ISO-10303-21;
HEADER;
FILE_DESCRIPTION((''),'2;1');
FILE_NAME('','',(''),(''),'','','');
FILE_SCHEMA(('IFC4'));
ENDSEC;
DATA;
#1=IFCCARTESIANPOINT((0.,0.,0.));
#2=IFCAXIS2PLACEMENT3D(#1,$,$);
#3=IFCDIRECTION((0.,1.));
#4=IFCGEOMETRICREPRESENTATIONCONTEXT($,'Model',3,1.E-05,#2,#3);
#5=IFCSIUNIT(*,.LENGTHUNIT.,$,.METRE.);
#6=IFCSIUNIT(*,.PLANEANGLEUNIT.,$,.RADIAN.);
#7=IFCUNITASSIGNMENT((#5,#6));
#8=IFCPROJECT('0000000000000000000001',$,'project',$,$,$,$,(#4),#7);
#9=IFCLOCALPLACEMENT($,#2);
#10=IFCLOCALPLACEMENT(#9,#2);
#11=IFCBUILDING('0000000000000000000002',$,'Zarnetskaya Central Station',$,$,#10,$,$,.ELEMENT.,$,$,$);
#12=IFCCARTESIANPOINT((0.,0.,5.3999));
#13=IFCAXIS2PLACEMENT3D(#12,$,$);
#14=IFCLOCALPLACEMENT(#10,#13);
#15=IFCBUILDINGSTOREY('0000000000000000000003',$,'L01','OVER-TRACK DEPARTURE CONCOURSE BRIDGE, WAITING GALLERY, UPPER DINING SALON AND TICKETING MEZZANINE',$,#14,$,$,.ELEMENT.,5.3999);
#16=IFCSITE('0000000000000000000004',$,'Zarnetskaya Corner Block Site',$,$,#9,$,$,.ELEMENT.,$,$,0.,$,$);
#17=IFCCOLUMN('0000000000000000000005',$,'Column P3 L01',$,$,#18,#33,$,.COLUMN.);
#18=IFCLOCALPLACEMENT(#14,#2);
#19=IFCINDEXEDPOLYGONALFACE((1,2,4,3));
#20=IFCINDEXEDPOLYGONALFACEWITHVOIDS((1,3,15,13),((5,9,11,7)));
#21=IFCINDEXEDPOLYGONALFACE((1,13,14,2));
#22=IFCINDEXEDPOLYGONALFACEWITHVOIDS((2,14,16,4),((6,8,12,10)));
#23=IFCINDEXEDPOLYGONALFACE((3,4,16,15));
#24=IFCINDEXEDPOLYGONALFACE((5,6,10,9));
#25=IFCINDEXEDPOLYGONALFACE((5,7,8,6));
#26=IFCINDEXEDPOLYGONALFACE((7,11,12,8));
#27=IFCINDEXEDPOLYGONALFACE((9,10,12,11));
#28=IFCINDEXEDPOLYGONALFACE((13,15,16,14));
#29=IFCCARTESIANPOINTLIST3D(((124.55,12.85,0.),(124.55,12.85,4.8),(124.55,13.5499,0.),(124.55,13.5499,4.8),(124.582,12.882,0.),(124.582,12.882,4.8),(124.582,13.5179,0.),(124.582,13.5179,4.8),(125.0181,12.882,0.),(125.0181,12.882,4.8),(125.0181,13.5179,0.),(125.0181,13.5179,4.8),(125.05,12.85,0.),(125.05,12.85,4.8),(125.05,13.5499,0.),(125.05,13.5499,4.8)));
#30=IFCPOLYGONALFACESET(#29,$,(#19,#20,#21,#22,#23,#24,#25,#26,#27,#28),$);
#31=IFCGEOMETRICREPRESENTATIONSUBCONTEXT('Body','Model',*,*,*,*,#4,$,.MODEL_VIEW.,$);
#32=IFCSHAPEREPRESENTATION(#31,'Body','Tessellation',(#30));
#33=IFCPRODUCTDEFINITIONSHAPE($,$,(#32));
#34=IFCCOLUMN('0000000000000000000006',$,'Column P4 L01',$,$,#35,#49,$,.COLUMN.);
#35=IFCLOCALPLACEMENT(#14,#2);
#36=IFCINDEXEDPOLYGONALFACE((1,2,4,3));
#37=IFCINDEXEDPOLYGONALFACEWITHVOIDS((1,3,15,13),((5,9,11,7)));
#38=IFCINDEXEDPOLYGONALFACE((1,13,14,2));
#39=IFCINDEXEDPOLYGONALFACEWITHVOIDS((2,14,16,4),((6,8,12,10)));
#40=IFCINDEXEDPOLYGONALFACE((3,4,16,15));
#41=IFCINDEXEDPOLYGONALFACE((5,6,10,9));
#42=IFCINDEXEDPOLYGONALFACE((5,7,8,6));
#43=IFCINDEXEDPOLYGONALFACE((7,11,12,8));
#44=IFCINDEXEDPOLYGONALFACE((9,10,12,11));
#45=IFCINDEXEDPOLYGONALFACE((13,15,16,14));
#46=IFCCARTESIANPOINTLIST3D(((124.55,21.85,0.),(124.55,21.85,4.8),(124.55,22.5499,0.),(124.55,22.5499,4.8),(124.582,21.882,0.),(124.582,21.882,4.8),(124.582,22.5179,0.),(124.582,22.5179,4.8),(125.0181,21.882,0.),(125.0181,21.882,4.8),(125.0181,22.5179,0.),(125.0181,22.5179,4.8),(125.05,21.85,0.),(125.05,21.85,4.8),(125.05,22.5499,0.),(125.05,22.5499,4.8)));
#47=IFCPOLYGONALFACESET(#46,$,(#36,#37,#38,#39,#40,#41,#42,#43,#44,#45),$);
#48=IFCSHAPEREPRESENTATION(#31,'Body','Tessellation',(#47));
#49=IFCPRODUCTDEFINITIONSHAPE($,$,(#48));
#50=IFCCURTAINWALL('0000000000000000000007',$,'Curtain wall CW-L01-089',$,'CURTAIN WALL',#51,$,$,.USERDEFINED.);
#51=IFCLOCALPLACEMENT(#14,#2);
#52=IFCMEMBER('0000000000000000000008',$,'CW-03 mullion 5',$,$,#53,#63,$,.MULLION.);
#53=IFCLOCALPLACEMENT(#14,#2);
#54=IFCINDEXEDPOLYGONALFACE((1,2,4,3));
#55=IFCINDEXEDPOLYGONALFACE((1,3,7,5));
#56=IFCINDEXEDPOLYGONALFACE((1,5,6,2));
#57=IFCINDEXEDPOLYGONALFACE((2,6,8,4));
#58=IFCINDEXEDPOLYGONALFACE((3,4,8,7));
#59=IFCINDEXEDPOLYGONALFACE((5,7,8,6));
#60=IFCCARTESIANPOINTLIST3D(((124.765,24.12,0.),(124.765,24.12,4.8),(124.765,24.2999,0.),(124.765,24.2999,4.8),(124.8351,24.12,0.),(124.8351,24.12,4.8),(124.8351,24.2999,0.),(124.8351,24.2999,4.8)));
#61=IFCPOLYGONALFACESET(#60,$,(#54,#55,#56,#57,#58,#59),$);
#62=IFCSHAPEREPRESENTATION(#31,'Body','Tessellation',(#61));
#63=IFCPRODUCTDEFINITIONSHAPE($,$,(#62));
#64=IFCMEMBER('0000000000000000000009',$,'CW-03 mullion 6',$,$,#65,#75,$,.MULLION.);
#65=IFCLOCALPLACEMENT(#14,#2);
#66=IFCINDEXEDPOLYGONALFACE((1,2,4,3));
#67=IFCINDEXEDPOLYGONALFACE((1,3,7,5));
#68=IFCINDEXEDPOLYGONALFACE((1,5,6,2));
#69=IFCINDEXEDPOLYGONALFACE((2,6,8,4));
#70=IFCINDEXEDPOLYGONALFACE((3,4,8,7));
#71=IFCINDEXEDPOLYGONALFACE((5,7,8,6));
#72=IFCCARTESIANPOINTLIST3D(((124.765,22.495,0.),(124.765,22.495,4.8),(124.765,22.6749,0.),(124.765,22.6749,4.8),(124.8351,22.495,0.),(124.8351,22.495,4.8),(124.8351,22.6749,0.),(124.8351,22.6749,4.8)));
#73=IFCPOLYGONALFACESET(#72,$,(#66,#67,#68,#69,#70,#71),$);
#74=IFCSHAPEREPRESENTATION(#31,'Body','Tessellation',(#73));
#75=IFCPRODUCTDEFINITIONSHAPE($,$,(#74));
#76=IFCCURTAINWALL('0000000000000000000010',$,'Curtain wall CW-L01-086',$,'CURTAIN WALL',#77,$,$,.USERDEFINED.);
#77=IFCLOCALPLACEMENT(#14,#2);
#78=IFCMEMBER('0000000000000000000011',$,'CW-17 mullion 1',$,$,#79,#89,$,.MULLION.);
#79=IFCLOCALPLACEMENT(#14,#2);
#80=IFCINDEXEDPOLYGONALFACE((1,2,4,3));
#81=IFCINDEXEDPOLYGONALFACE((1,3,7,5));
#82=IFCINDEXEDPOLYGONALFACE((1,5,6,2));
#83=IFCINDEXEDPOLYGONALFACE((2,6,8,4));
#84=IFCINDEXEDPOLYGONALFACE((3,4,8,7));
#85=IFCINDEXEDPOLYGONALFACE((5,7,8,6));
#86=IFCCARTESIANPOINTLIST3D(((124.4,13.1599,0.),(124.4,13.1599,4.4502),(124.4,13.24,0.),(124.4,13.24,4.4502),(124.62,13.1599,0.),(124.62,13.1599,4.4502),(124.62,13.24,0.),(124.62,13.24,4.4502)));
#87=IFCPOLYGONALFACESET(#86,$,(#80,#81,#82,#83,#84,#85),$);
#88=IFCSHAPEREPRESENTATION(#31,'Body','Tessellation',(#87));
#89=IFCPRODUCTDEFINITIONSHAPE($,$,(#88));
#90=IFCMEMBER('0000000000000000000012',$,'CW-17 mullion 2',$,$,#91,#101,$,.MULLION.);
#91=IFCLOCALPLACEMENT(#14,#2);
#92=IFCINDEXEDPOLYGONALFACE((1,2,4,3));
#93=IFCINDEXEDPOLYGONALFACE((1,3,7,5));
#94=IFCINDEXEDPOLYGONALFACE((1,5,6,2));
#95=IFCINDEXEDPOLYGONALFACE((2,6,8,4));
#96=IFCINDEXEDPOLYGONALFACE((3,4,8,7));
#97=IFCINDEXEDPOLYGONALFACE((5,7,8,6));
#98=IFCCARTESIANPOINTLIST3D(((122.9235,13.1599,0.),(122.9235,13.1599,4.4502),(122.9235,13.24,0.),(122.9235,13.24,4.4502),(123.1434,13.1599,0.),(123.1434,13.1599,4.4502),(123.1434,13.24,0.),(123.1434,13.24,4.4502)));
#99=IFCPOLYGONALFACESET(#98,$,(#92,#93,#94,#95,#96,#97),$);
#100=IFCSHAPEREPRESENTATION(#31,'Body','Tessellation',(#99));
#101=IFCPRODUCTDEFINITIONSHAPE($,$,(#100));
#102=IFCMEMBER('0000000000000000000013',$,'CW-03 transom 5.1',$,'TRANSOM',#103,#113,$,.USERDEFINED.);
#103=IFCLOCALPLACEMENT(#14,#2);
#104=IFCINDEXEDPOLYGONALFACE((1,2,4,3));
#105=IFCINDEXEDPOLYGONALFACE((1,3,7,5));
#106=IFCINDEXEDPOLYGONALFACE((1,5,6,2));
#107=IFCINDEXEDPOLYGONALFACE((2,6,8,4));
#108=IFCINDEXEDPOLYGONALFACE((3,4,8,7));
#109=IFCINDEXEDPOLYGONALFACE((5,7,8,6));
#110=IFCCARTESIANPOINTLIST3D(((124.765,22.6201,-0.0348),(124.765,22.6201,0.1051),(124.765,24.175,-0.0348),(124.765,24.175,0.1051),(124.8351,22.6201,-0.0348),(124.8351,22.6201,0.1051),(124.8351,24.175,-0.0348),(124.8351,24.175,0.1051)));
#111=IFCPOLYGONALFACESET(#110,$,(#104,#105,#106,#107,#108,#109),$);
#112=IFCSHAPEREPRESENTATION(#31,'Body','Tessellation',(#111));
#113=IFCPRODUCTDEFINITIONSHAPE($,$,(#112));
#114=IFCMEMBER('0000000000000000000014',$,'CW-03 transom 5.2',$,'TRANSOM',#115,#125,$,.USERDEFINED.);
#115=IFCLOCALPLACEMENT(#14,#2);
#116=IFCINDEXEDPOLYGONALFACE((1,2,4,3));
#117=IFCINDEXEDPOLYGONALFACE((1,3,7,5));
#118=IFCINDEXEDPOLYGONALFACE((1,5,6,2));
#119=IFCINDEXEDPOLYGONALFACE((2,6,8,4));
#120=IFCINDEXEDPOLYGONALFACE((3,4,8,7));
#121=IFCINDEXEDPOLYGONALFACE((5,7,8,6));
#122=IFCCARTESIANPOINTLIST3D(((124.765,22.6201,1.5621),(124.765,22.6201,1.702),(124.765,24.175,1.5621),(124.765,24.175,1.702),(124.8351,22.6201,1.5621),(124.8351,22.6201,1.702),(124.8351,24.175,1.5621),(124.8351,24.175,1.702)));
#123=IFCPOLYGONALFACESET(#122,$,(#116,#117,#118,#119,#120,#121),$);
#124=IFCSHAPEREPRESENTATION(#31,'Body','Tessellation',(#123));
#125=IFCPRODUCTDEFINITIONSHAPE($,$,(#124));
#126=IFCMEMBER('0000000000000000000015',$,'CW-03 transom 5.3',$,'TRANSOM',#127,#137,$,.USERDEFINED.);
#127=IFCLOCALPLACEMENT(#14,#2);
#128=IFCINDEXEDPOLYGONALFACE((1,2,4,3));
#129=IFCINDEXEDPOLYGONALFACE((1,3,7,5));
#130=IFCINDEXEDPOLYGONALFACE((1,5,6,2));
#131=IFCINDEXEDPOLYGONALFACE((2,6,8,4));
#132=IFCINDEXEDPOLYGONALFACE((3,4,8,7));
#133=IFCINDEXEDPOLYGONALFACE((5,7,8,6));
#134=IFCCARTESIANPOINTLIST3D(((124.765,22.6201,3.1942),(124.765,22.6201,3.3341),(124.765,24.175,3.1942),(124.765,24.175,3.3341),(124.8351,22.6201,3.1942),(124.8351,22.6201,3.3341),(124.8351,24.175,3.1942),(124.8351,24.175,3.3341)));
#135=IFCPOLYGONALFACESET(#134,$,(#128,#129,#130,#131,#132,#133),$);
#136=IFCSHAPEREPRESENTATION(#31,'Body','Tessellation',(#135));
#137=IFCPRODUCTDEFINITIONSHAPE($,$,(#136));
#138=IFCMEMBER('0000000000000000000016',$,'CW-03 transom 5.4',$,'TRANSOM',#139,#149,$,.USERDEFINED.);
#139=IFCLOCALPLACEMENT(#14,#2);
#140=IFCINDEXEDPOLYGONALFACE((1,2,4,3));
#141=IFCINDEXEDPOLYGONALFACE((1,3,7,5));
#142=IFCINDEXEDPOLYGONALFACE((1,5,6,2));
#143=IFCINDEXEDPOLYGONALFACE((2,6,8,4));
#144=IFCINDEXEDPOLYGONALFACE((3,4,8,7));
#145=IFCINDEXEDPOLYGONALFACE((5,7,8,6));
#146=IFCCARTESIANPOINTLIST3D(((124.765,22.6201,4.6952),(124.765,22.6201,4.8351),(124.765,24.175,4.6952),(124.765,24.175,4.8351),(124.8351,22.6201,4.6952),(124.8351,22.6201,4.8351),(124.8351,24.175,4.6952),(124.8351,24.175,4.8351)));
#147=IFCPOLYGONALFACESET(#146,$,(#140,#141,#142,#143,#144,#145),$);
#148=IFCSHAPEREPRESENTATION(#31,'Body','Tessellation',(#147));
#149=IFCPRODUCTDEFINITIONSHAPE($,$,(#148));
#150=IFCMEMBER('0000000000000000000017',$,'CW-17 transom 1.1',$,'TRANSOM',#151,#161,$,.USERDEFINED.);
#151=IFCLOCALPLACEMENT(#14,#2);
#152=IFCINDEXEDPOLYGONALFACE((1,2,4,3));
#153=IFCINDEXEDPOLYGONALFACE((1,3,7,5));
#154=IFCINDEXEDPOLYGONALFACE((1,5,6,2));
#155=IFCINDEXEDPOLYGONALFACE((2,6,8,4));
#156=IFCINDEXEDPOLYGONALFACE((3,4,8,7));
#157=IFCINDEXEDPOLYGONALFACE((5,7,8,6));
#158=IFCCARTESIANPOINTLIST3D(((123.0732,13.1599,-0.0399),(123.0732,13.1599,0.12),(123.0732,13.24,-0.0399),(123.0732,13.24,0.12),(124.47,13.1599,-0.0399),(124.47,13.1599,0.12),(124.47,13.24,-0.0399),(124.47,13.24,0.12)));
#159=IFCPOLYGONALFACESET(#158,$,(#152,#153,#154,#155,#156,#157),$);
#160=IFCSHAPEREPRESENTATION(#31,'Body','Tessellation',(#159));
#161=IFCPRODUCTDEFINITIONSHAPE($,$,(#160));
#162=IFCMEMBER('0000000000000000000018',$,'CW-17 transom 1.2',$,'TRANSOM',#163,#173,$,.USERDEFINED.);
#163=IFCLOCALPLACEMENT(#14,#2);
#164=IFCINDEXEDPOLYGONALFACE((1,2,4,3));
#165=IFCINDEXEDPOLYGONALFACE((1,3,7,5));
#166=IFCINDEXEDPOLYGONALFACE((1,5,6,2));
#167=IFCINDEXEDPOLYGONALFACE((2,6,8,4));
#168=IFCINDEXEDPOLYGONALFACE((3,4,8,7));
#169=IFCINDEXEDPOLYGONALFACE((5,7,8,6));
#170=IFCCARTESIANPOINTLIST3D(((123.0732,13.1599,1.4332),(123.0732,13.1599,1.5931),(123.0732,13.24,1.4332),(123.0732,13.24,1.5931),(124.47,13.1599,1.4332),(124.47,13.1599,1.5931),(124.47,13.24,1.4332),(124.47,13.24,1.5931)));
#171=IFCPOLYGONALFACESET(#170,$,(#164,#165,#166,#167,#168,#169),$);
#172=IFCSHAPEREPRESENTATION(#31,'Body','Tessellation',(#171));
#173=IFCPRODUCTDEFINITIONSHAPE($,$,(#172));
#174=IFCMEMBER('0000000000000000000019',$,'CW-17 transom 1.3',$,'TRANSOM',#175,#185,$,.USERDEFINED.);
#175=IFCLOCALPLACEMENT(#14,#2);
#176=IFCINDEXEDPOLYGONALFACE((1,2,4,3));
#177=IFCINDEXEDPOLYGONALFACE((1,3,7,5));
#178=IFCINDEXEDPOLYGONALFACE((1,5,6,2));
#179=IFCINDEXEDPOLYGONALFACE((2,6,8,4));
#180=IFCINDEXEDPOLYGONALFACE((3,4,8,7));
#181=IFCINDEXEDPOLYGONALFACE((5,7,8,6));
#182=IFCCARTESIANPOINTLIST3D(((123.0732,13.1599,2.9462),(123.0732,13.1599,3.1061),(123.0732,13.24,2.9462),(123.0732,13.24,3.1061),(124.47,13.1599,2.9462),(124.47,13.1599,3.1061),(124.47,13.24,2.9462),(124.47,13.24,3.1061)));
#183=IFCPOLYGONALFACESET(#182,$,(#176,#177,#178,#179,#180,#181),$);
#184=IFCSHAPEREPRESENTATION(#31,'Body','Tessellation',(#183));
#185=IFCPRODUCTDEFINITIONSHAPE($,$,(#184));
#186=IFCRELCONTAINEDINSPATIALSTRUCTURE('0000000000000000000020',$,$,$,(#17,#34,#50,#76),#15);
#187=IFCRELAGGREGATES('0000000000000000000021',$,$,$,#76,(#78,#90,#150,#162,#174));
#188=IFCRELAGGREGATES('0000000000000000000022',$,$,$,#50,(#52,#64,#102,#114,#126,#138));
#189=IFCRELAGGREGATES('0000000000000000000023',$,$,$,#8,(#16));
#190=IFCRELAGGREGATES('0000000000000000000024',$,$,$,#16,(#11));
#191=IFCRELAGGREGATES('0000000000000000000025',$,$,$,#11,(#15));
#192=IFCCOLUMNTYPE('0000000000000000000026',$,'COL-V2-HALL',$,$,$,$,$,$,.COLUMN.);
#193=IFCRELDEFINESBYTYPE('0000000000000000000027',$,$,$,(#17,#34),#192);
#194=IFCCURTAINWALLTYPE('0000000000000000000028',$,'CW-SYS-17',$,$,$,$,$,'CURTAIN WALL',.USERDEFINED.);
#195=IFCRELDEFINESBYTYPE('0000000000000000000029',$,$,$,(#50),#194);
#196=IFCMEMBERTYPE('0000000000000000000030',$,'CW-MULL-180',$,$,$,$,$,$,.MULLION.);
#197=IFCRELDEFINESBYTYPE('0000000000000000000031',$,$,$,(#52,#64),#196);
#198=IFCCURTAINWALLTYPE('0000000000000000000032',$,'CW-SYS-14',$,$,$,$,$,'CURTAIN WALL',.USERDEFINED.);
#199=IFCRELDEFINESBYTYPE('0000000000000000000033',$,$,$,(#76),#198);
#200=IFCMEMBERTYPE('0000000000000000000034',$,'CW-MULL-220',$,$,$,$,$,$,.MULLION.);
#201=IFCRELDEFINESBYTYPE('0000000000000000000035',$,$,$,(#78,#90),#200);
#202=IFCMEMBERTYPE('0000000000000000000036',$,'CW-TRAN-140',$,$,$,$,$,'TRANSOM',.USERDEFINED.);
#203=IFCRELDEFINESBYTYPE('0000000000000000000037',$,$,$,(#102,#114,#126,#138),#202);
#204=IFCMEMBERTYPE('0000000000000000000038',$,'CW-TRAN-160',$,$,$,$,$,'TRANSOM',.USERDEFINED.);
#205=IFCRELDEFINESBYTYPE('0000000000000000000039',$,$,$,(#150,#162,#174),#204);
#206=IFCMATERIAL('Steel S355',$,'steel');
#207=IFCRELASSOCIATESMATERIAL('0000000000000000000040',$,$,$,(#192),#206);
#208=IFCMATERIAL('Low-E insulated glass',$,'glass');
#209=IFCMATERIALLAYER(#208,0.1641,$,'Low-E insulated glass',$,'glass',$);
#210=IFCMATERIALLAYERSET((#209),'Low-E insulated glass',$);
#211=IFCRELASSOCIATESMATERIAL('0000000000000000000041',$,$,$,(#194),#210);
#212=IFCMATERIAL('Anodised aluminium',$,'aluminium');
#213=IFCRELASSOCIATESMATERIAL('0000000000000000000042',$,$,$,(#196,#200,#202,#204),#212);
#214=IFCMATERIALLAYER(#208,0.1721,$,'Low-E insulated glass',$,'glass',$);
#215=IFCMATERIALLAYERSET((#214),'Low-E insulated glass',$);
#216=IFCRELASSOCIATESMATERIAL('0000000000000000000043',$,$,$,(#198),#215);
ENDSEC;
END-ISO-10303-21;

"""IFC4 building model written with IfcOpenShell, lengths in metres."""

from ifc_helpers import new_model, si_unit, direction, frame, origin, origin_2d, place, context, subcontext, project, spatial, rectangle, hollow_rectangle, extrude, material, layer, layer_set, material_profile, profile_set, type_object, element, aggregate, save


model = new_model("IFC4")

# Units and contexts
model_context = context("Model", 3, precision=1e-05, world=origin(), true_north=direction((0.0, 1.0)))
body_context = subcontext(model_context, "Body", "Model", "MODEL_VIEW")
ifc_project = project(units=[si_unit("LENGTHUNIT", "METRE"), si_unit("PLANEANGLEUNIT", "RADIAN")], contexts=[model_context])

# Site, building, storey
site_placement = place(None, origin())
site = spatial("IfcSite", under=ifc_project, at=site_placement, Name="Zarnetskaya Corner Block Site", CompositionType="ELEMENT", RefElevation=0.0)
building_placement = place(site_placement, origin())
building = spatial("IfcBuilding", under=site, at=building_placement, Name="Zarnetskaya Central Station", CompositionType="ELEMENT")
storey_placement = place(building_placement, frame((0.0, 0.0, 5.3999)))
storey = spatial("IfcBuildingStorey", under=building, at=storey_placement, Name="L01", Description="OVER-TRACK DEPARTURE CONCOURSE BRIDGE, WAITING GALLERY, UPPER DINING SALON AND TICKETING MEZZANINE", CompositionType="ELEMENT", Elevation=5.3999)

# Columns
ifc_material_1 = material(Name="Steel S355", Category="steel")
ifc_material_profile_1 = material_profile(ifc_material_1, hollow_rectangle(XDim=0.5, YDim=0.7, WallThickness=0.032, at=origin_2d()), Name="BOX 700x500x32")
ifc_profile_set_1 = profile_set([ifc_material_profile_1], Name="Steel S355")
column_type = type_object("IfcColumnType", Name="COL-V2-HALL", PredefinedType="COLUMN", material=ifc_profile_set_1)
for number, where, z_axis, x_axis, name in (
    (1, (124.8, 13.2, 0.0), (0.0, 0.0, 1.0), (1.0, 0.0, 0.0), "Column P3 L01"),
    (2, (124.8, 22.2, 0.0), (0.0, 0.0, 1.0), (1.0, 0.0, 0.0), "Column P4 L01"),
):
    element("IfcColumn", number, at=place(storey_placement, frame(where, z_axis=z_axis, x_axis=x_axis)), inside=storey, type_object=column_type, Name=name, PredefinedType="COLUMN", context=body_context, shape_type="SweptSolid", body=[
        extrude(hollow_rectangle(XDim=0.5, YDim=0.7, WallThickness=0.032, at=origin_2d()), origin(), (0.0, 0.0, 1.0), 4.8),
    ])

# Curtain walls, members
ifc_material_2 = material(Name="Low-E insulated glass", Category="glass")
ifc_layer_1 = layer(ifc_material_2, 0.1641, Name="Low-E insulated glass", Category="glass")
ifc_layer_set_1 = layer_set([ifc_layer_1], Name="Low-E insulated glass")
curtain_wall_type_1 = type_object("IfcCurtainWallType", Name="CW-SYS-17", ElementType="CURTAIN WALL", PredefinedType="USERDEFINED", material=ifc_layer_set_1)
curtain_wall_1_placement = place(storey_placement, origin())
curtain_wall_1 = element("IfcCurtainWall", 3, at=curtain_wall_1_placement, inside=storey, type_object=curtain_wall_type_1, Name="Curtain wall CW-L01-089", ObjectType="CURTAIN WALL", PredefinedType="USERDEFINED")
ifc_material_3 = material(Name="Anodised aluminium", Category="aluminium")
ifc_material_profile_2 = material_profile(ifc_material_3, rectangle(XDim=0.0701, YDim=0.1799, at=origin_2d()), Name="ALU MULL 70x180")
ifc_profile_set_2 = profile_set([ifc_material_profile_2], Name="Anodised aluminium")
member_type_1 = type_object("IfcMemberType", Name="CW-MULL-180", PredefinedType="MULLION", material=ifc_profile_set_2)
member_1_placement = place(storey_placement, frame((124.8, 24.21, 0.0), z_axis=(0.0, 0.0, 1.0), x_axis=(1.0, 0.0, 0.0)))
member_1 = element("IfcMember", 4, at=member_1_placement, type_object=member_type_1, Name="CW-03 mullion 5", PredefinedType="MULLION", context=body_context, shape_type="SweptSolid", body=[
    extrude(rectangle(XDim=0.0701, YDim=0.1799, at=origin_2d()), origin(), (0.0, 0.0, 1.0), 4.8),
])
member_2_placement = place(storey_placement, frame((124.8, 22.585, 0.0), z_axis=(0.0, 0.0, 1.0), x_axis=(1.0, 0.0, 0.0)))
member_2 = element("IfcMember", 5, at=member_2_placement, type_object=member_type_1, Name="CW-03 mullion 6", PredefinedType="MULLION", context=body_context, shape_type="SweptSolid", body=[
    extrude(rectangle(XDim=0.0701, YDim=0.1799, at=origin_2d()), origin(), (0.0, 0.0, 1.0), 4.8),
])
ifc_layer_2 = layer(ifc_material_2, 0.1721, Name="Low-E insulated glass", Category="glass")
ifc_layer_set_2 = layer_set([ifc_layer_2], Name="Low-E insulated glass")
curtain_wall_type_2 = type_object("IfcCurtainWallType", Name="CW-SYS-14", ElementType="CURTAIN WALL", PredefinedType="USERDEFINED", material=ifc_layer_set_2)
curtain_wall_2_placement = place(storey_placement, origin())
curtain_wall_2 = element("IfcCurtainWall", 6, at=curtain_wall_2_placement, inside=storey, type_object=curtain_wall_type_2, Name="Curtain wall CW-L01-086", ObjectType="CURTAIN WALL", PredefinedType="USERDEFINED")
ifc_material_profile_3 = material_profile(ifc_material_3, rectangle(XDim=0.0801, YDim=0.22, at=origin_2d()), Name="ALU MULL 80x220")
ifc_profile_set_3 = profile_set([ifc_material_profile_3], Name="Anodised aluminium")
member_type_2 = type_object("IfcMemberType", Name="CW-MULL-220", PredefinedType="MULLION", material=ifc_profile_set_3)
member_3_placement = place(storey_placement, frame((124.51, 13.2, 0.0), z_axis=(0.0, 0.0, 1.0), x_axis=(0.0, -1.0, 0.0)))
member_3 = element("IfcMember", 7, at=member_3_placement, type_object=member_type_2, Name="CW-17 mullion 1", PredefinedType="MULLION", context=body_context, shape_type="SweptSolid", body=[
    extrude(rectangle(XDim=0.0801, YDim=0.22, at=origin_2d()), origin(), (0.0, 0.0, 1.0), 4.4502),
])
member_4_placement = place(storey_placement, frame((123.0334, 13.2, 0.0), z_axis=(0.0, 0.0, 1.0), x_axis=(0.0, -1.0, 0.0)))
member_4 = element("IfcMember", 8, at=member_4_placement, type_object=member_type_2, Name="CW-17 mullion 2", PredefinedType="MULLION", context=body_context, shape_type="SweptSolid", body=[
    extrude(rectangle(XDim=0.0801, YDim=0.22, at=origin_2d()), origin(), (0.0, 0.0, 1.0), 4.4502),
])

# Members
ifc_material_profile_4 = material_profile(ifc_material_3, rectangle(XDim=0.0701, YDim=0.1399, at=origin_2d()), Name="ALU TRAN 70x140")
ifc_profile_set_4 = profile_set([ifc_material_profile_4], Name="Anodised aluminium")
member_type_3 = type_object("IfcMemberType", Name="CW-TRAN-140", ElementType="TRANSOM", PredefinedType="USERDEFINED", material=ifc_profile_set_4)
member_5_placement = place(storey_placement, frame((124.8, 24.175, 0.0352), z_axis=(0.0, -1.0, 0.0), x_axis=(1.0, 0.0, 0.0)))
member_5 = element("IfcMember", 9, at=member_5_placement, type_object=member_type_3, Name="CW-03 transom 5.1", ObjectType="TRANSOM", PredefinedType="USERDEFINED", context=body_context, shape_type="SweptSolid", body=[
    extrude(rectangle(XDim=0.0701, YDim=0.1399, at=origin_2d()), origin(), (0.0, 0.0, 1.0), 1.5549),
])
member_6_placement = place(storey_placement, frame((124.8, 24.175, 1.6321), z_axis=(0.0, -1.0, 0.0), x_axis=(1.0, 0.0, 0.0)))
member_6 = element("IfcMember", 10, at=member_6_placement, type_object=member_type_3, Name="CW-03 transom 5.2", ObjectType="TRANSOM", PredefinedType="USERDEFINED", context=body_context, shape_type="SweptSolid", body=[
    extrude(rectangle(XDim=0.0701, YDim=0.1399, at=origin_2d()), origin(), (0.0, 0.0, 1.0), 1.5549),
])
member_7_placement = place(storey_placement, frame((124.8, 24.175, 3.2642), z_axis=(0.0, -1.0, 0.0), x_axis=(1.0, 0.0, 0.0)))
member_7 = element("IfcMember", 11, at=member_7_placement, type_object=member_type_3, Name="CW-03 transom 5.3", ObjectType="TRANSOM", PredefinedType="USERDEFINED", context=body_context, shape_type="SweptSolid", body=[
    extrude(rectangle(XDim=0.0701, YDim=0.1399, at=origin_2d()), origin(), (0.0, 0.0, 1.0), 1.5549),
])
member_8_placement = place(storey_placement, frame((124.8, 24.175, 4.7651), z_axis=(0.0, -1.0, 0.0), x_axis=(1.0, 0.0, 0.0)))
member_8 = element("IfcMember", 12, at=member_8_placement, type_object=member_type_3, Name="CW-03 transom 5.4", ObjectType="TRANSOM", PredefinedType="USERDEFINED", context=body_context, shape_type="SweptSolid", body=[
    extrude(rectangle(XDim=0.0701, YDim=0.1399, at=origin_2d()), origin(), (0.0, 0.0, 1.0), 1.5549),
])
ifc_material_profile_5 = material_profile(ifc_material_3, rectangle(XDim=0.0801, YDim=0.1599, at=origin_2d()), Name="ALU TRAN 80x160")
ifc_profile_set_5 = profile_set([ifc_material_profile_5], Name="Anodised aluminium")
member_type_4 = type_object("IfcMemberType", Name="CW-TRAN-160", ElementType="TRANSOM", PredefinedType="USERDEFINED", material=ifc_profile_set_5)
member_9_placement = place(storey_placement, frame((124.47, 13.2, 0.04), z_axis=(-1.0, 0.0, 0.0), x_axis=(0.0, -1.0, 0.0)))
member_9 = element("IfcMember", 13, at=member_9_placement, type_object=member_type_4, Name="CW-17 transom 1.1", ObjectType="TRANSOM", PredefinedType="USERDEFINED", context=body_context, shape_type="SweptSolid", body=[
    extrude(rectangle(XDim=0.0801, YDim=0.1599, at=origin_2d()), origin(), (0.0, 0.0, 1.0), 1.3967),
])
member_10_placement = place(storey_placement, frame((124.47, 13.2, 1.5132), z_axis=(-1.0, 0.0, 0.0), x_axis=(0.0, -1.0, 0.0)))
member_10 = element("IfcMember", 14, at=member_10_placement, type_object=member_type_4, Name="CW-17 transom 1.2", ObjectType="TRANSOM", PredefinedType="USERDEFINED", context=body_context, shape_type="SweptSolid", body=[
    extrude(rectangle(XDim=0.0801, YDim=0.1599, at=origin_2d()), origin(), (0.0, 0.0, 1.0), 1.3967),
])
member_11_placement = place(storey_placement, frame((124.47, 13.2, 3.0261), z_axis=(-1.0, 0.0, 0.0), x_axis=(0.0, -1.0, 0.0)))
member_11 = element("IfcMember", 15, at=member_11_placement, type_object=member_type_4, Name="CW-17 transom 1.3", ObjectType="TRANSOM", PredefinedType="USERDEFINED", context=body_context, shape_type="SweptSolid", body=[
    extrude(rectangle(XDim=0.0801, YDim=0.1599, at=origin_2d()), origin(), (0.0, 0.0, 1.0), 1.3967),
])

aggregate(curtain_wall_2, [member_3, member_4, member_9, member_10, member_11])
aggregate(curtain_wall_1, [member_1, member_2, member_5, member_6, member_7, member_8])

save(model, "model.ifc")
